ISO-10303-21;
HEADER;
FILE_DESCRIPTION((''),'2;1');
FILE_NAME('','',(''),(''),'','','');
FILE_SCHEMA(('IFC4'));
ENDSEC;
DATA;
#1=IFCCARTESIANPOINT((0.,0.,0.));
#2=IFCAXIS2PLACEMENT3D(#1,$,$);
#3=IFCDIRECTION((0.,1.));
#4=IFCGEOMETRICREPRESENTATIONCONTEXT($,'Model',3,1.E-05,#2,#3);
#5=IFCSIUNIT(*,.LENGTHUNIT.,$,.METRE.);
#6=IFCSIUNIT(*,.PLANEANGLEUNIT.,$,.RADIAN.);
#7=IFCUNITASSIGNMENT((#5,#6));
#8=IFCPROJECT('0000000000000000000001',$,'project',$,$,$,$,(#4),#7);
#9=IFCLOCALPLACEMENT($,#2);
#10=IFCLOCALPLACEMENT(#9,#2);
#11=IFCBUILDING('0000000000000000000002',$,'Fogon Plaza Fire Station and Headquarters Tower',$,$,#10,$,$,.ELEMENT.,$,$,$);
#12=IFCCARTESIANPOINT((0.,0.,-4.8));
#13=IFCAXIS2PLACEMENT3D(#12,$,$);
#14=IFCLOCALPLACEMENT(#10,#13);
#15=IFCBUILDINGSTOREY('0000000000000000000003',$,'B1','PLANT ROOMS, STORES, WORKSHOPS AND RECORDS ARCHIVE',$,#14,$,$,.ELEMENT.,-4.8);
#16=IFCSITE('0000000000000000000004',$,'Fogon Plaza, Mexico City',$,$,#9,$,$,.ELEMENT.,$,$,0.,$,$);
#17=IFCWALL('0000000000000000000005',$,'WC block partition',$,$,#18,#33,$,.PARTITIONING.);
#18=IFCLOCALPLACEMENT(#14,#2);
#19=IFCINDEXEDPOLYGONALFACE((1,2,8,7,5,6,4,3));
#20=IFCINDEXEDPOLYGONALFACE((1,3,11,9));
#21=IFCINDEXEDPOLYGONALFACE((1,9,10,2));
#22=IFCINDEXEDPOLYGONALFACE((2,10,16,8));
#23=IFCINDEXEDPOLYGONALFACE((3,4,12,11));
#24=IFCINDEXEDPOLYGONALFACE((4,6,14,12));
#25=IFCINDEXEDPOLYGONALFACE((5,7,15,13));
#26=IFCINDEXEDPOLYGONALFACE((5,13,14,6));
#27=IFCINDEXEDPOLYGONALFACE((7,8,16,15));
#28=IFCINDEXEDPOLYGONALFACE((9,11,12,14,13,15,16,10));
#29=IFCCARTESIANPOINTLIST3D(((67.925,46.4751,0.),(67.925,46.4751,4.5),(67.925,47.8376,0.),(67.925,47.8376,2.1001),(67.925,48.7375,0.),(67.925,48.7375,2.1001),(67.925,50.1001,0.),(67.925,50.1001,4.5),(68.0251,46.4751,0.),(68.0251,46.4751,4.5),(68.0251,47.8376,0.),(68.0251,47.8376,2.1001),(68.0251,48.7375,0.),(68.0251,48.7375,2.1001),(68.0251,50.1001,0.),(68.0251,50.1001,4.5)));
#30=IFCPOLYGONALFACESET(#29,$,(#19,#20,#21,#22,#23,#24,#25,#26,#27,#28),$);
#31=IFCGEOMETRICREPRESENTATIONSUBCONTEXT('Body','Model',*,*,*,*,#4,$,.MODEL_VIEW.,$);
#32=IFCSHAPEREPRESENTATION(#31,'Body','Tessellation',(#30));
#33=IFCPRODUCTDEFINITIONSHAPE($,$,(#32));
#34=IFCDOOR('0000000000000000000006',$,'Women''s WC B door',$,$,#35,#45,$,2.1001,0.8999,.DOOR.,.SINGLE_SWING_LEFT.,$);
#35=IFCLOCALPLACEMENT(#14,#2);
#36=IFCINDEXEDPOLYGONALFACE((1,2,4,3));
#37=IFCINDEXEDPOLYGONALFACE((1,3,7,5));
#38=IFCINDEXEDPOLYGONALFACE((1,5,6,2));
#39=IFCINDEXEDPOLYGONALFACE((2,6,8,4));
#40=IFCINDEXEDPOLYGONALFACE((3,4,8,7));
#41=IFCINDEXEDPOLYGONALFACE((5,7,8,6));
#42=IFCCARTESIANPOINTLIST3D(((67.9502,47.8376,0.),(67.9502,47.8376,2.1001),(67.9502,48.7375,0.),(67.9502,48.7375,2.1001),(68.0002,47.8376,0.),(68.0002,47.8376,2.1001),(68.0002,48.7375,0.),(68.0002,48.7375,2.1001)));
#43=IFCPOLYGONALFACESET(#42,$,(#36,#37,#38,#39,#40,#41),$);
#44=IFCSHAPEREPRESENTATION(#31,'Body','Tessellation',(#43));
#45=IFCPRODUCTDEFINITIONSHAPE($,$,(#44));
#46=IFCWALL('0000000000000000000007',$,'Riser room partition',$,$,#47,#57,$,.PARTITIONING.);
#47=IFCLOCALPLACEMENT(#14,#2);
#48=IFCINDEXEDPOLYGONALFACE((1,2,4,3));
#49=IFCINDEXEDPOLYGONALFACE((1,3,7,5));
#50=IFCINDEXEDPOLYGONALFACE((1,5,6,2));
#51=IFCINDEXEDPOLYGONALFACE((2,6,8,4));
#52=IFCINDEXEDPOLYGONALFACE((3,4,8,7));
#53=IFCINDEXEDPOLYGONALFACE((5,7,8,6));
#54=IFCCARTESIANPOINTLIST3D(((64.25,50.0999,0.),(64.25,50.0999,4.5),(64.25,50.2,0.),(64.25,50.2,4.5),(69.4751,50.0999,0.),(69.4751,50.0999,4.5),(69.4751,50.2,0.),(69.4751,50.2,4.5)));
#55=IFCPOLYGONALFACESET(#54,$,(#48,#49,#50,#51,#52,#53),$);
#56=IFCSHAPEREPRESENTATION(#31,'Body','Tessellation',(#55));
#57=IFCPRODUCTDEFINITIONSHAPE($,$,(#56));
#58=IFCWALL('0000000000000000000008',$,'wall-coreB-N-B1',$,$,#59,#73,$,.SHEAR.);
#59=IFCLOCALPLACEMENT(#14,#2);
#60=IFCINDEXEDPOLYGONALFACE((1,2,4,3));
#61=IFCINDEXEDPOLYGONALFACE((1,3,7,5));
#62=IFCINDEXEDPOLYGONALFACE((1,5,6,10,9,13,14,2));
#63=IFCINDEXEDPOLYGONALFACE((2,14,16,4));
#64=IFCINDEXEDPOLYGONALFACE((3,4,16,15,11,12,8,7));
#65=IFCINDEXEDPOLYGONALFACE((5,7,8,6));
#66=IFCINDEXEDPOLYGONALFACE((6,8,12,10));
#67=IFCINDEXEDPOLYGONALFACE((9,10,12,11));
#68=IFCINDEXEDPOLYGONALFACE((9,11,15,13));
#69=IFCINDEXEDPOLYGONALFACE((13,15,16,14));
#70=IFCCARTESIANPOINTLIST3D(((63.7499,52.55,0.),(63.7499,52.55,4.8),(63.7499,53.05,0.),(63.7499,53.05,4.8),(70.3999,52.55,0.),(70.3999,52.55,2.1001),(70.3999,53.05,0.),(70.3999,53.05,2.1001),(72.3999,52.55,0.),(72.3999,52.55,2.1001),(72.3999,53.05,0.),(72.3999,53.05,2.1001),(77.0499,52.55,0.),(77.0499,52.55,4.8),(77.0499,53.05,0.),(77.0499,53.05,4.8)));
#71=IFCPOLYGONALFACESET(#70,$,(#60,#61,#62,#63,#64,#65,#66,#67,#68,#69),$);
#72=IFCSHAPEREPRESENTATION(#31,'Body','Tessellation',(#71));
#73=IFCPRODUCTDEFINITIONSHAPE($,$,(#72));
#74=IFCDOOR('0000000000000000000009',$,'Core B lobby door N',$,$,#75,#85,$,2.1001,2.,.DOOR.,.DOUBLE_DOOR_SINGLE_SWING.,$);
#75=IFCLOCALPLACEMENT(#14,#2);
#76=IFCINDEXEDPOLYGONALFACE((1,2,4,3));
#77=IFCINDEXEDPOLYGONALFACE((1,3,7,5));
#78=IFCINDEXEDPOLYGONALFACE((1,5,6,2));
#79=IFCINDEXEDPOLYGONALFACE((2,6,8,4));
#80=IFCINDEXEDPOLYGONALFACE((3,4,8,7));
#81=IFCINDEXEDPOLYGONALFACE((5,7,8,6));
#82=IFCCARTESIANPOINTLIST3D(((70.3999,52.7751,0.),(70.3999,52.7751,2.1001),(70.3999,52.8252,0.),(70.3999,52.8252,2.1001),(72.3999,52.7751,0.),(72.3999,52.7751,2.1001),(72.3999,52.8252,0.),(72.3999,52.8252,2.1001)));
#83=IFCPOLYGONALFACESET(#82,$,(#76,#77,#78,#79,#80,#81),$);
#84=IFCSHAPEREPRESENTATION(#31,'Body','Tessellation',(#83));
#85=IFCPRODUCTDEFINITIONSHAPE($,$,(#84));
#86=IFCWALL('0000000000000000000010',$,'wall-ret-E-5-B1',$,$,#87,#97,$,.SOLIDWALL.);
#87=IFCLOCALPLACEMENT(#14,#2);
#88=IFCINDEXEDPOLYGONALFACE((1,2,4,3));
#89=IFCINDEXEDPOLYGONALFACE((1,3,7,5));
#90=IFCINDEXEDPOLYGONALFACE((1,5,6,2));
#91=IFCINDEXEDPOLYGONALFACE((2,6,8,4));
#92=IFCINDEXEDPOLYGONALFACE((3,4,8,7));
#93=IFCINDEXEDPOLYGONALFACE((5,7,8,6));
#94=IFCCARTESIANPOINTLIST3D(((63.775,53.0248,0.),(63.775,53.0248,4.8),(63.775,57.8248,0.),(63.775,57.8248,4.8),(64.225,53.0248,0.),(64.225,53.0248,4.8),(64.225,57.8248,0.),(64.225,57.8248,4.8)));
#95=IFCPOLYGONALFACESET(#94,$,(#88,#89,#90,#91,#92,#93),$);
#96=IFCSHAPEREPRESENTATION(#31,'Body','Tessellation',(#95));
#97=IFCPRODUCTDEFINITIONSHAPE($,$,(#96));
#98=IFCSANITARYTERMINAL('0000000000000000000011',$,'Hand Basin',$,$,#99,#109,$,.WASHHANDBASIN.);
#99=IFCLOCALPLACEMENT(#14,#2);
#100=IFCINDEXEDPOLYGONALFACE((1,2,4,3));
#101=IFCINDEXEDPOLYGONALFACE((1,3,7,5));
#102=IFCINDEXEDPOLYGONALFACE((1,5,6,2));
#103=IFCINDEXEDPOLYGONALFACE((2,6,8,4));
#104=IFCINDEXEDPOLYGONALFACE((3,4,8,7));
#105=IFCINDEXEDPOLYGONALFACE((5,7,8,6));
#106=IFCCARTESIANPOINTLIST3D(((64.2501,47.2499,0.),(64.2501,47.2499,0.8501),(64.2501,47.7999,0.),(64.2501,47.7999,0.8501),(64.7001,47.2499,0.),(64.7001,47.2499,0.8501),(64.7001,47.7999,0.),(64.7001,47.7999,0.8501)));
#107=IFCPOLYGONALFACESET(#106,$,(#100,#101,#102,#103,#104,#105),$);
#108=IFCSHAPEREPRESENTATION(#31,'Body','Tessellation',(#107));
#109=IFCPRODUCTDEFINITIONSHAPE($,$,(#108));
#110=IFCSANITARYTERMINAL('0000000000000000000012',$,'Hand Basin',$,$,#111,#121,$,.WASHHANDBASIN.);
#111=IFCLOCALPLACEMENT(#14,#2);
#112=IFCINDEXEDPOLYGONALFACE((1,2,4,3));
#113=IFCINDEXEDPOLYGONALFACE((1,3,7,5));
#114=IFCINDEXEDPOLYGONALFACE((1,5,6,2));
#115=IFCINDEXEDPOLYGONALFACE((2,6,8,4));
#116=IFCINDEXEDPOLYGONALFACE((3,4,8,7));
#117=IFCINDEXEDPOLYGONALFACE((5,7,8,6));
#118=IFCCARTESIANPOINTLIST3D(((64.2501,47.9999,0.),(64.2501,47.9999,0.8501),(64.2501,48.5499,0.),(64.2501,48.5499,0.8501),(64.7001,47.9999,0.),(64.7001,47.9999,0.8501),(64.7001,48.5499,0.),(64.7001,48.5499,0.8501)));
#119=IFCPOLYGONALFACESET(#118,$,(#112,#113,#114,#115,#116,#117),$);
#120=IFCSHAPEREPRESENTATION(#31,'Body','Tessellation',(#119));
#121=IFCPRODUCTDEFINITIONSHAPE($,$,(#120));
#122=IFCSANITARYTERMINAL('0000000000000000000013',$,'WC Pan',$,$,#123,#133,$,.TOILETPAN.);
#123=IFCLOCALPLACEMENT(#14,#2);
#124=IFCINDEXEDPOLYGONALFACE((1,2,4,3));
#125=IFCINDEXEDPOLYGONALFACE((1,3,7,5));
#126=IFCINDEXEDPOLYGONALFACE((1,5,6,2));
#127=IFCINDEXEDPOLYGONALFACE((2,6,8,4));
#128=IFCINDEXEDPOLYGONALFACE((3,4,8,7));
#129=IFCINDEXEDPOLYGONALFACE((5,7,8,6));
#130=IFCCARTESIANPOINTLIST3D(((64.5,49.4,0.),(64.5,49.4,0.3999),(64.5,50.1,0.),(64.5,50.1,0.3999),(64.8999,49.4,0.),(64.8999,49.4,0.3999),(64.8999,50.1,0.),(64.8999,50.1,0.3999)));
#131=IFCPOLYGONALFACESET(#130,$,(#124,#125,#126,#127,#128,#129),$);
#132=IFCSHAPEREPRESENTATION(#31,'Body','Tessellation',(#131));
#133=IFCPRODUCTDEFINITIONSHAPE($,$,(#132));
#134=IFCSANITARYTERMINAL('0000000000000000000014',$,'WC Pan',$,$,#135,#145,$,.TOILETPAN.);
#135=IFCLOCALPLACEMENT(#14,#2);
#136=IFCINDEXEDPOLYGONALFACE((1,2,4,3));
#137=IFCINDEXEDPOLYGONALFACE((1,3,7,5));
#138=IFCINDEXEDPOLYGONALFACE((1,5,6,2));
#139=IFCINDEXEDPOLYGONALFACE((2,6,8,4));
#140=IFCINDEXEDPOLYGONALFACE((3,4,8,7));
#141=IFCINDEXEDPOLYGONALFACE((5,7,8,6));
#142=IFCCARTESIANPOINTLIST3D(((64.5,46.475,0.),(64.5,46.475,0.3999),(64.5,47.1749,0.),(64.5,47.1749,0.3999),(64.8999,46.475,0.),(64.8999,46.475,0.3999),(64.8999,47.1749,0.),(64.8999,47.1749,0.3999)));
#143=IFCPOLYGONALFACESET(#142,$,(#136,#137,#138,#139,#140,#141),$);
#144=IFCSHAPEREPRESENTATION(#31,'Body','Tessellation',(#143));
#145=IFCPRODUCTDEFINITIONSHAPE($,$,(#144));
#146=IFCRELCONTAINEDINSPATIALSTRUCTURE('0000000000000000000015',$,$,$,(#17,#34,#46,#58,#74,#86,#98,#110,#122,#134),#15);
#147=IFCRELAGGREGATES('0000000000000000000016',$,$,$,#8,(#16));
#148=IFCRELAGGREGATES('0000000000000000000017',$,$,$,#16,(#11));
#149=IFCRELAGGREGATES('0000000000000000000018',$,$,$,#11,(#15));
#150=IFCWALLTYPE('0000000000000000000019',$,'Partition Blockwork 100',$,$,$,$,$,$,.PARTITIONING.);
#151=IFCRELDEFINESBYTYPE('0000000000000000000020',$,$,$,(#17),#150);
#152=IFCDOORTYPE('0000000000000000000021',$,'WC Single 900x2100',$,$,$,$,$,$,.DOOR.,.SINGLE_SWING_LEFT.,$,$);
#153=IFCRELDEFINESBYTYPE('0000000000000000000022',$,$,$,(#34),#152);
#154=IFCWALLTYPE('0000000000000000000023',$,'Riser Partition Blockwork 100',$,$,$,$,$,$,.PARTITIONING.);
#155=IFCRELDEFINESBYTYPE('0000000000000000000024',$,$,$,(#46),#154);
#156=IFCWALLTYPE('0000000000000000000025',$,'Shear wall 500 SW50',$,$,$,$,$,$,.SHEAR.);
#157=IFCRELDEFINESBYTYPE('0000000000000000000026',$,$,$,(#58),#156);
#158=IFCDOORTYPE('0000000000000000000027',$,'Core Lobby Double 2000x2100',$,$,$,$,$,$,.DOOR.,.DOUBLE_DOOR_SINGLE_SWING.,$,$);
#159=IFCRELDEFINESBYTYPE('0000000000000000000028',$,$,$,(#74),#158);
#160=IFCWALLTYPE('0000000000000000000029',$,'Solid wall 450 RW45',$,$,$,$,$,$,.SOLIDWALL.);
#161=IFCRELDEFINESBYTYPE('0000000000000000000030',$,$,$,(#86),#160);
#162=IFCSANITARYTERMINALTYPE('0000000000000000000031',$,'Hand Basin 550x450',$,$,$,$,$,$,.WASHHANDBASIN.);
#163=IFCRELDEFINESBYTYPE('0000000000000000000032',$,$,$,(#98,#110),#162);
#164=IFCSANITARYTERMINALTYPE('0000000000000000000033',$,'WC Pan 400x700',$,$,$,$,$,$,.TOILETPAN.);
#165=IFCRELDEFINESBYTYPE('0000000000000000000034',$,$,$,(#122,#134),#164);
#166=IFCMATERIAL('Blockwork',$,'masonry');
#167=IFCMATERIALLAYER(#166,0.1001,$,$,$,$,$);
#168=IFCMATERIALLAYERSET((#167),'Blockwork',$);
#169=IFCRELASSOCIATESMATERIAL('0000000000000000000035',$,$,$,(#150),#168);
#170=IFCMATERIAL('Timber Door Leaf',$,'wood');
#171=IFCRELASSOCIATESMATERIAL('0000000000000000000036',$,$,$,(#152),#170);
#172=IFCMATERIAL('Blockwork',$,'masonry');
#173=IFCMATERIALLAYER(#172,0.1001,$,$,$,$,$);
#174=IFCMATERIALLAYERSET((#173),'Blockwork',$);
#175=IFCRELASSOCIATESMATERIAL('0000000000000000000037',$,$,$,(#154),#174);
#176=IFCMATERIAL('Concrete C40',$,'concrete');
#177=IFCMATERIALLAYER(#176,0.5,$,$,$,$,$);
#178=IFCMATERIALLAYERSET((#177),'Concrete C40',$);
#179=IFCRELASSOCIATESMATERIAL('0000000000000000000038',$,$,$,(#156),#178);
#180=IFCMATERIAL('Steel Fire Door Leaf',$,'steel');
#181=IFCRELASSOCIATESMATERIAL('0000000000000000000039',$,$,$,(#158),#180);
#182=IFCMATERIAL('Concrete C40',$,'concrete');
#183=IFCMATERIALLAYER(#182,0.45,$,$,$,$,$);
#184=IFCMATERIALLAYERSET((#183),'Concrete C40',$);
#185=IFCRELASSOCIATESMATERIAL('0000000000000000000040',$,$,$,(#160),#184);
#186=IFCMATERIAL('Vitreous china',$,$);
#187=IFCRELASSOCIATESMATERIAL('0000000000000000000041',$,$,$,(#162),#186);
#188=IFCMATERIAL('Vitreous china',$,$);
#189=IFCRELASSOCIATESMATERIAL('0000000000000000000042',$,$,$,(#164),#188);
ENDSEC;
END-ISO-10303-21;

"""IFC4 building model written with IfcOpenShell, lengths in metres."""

from ifc_helpers import new_model, si_unit, direction, frame, frame_2d, origin, origin_2d, place, context, subcontext, project, spatial, rectangle, extrude, material, layer, layer_set, type_object, element, fill, save


model = new_model("IFC4")

# Units and contexts
model_context = context("Model", 3, precision=1e-05, world=origin(), true_north=direction((0.0, 1.0)))
body_context = subcontext(model_context, "Body", "Model", "MODEL_VIEW")
ifc_project = project(units=[si_unit("LENGTHUNIT", "METRE"), si_unit("PLANEANGLEUNIT", "RADIAN")], contexts=[model_context])

# Site, building, storey
site_placement = place(None, origin())
site = spatial("IfcSite", under=ifc_project, at=site_placement, Name="Fogon Plaza, Mexico City", CompositionType="ELEMENT", RefElevation=0.0)
building_placement = place(site_placement, origin())
building = spatial("IfcBuilding", under=site, at=building_placement, Name="Fogon Plaza Fire Station and Headquarters Tower", CompositionType="ELEMENT")
storey_placement = place(building_placement, frame((0.0, 0.0, -4.8)))
storey = spatial("IfcBuildingStorey", under=building, at=storey_placement, Name="B1", Description="PLANT ROOMS, STORES, WORKSHOPS AND RECORDS ARCHIVE", CompositionType="ELEMENT", Elevation=-4.8)

# Wall, opening, door
ifc_material_1 = material(Name="Blockwork", Category="masonry")
ifc_layer_1 = layer(ifc_material_1, 0.1001)
ifc_layer_set_1 = layer_set([ifc_layer_1], Name="Blockwork")
wall_type_1 = type_object("IfcWallType", Name="Partition Blockwork 100", PredefinedType="PARTITIONING", material=ifc_layer_set_1)
wall_1_placement = place(storey_placement, frame((67.9751, 46.4751, 0.0), z_axis=(0.0, 0.0, 1.0), x_axis=(0.0, 1.0, 0.0)))
wall_1 = element("IfcWall", 1, at=wall_1_placement, inside=storey, type_object=wall_type_1, Name="WC block partition", PredefinedType="PARTITIONING", context=body_context, shape_type="SweptSolid", body=[
    extrude(rectangle(XDim=3.625, YDim=0.1001, at=frame_2d((1.8125, 0.0))), origin(), (0.0, 0.0, 1.0), 4.5),
])
opening_1_placement = place(wall_1_placement, frame((1.3625, 0.0, 0.0)))
opening_1 = element("IfcOpeningElement", 2, at=opening_1_placement, cuts=wall_1, PredefinedType="OPENING", context=body_context, shape_type="SweptSolid", body=[
    extrude(rectangle(XDim=0.8999, YDim=2.1001, at=frame_2d((0.45, 1.05))), frame((0.0, 0.0601, 0.0), z_axis=(0.0, -1.0, 0.0), x_axis=(1.0, 0.0, 0.0)), (0.0, 0.0, 1.0), 0.1201),
])
ifc_material_2 = material(Name="Timber Door Leaf", Category="wood")
door_type_1 = type_object("IfcDoorType", Name="WC Single 900x2100", OperationType="SINGLE_SWING_LEFT", PredefinedType="DOOR", material=ifc_material_2)
door_1_placement = place(opening_1_placement, origin())
door_1 = element("IfcDoor", 3, at=door_1_placement, inside=storey, type_object=door_type_1, Name="Women's WC B door", OperationType="SINGLE_SWING_LEFT", OverallHeight=2.1001, OverallWidth=0.8999, PredefinedType="DOOR", context=body_context, shape_type="SweptSolid", body=[
    extrude(rectangle(XDim=0.8999, YDim=2.1001, at=frame_2d((0.45, 1.05))), frame((0.0, 0.0249, 0.0), z_axis=(0.0, -1.0, 0.0), x_axis=(1.0, 0.0, 0.0)), (0.0, 0.0, 1.0), 0.05),
])
fill(opening_1, door_1)

# Wall
ifc_material_3 = material(Name="Blockwork", Category="masonry")
ifc_layer_2 = layer(ifc_material_3, 0.1001)
ifc_layer_set_2 = layer_set([ifc_layer_2], Name="Blockwork")
wall_type_2 = type_object("IfcWallType", Name="Riser Partition Blockwork 100", PredefinedType="PARTITIONING", material=ifc_layer_set_2)
wall_2_placement = place(storey_placement, frame((69.4751, 50.1499, 0.0), z_axis=(0.0, 0.0, 1.0), x_axis=(-1.0, 0.0, 0.0)))
element("IfcWall", 4, at=wall_2_placement, inside=storey, type_object=wall_type_2, Name="Riser room partition", PredefinedType="PARTITIONING", context=body_context, shape_type="SweptSolid", body=[
    extrude(rectangle(XDim=5.2251, YDim=0.1001, at=frame_2d((2.6125, 0.0))), origin(), (0.0, 0.0, 1.0), 4.5),
])

# Wall, opening, door
ifc_material_4 = material(Name="Concrete C40", Category="concrete")
ifc_layer_3 = layer(ifc_material_4, 0.5)
ifc_layer_set_3 = layer_set([ifc_layer_3], Name="Concrete C40")
wall_type_3 = type_object("IfcWallType", Name="Shear wall 500 SW50", PredefinedType="SHEAR", material=ifc_layer_set_3)
wall_3_placement = place(storey_placement, frame((63.75, 52.8, 0.0), z_axis=(0.0, 0.0, 1.0), x_axis=(1.0, 0.0, 0.0)))
wall_3 = element("IfcWall", 5, at=wall_3_placement, inside=storey, type_object=wall_type_3, Name="wall-coreB-N-B1", PredefinedType="SHEAR", context=body_context, shape_type="SweptSolid", body=[
    extrude(rectangle(XDim=13.3, YDim=0.5, at=frame_2d((6.6499, 0.0))), origin(), (0.0, 0.0, 1.0), 4.8),
])
opening_2_placement = place(wall_3_placement, frame((6.6499, 0.0, 0.0)))
opening_2 = element("IfcOpeningElement", 6, at=opening_2_placement, cuts=wall_3, PredefinedType="OPENING", context=body_context, shape_type="SweptSolid", body=[
    extrude(rectangle(XDim=2.0, YDim=2.1001, at=frame_2d((1.0, 1.05))), frame((0.0, 0.26, 0.0), z_axis=(0.0, -1.0, 0.0), x_axis=(1.0, 0.0, 0.0)), (0.0, 0.0, 1.0), 0.52),
])
ifc_material_5 = material(Name="Steel Fire Door Leaf", Category="steel")
door_type_2 = type_object("IfcDoorType", Name="Core Lobby Double 2000x2100", OperationType="DOUBLE_DOOR_SINGLE_SWING", PredefinedType="DOOR", material=ifc_material_5)
door_2_placement = place(opening_2_placement, frame((2.0, 0.0, 0.0), z_axis=(0.0, 0.0, 1.0), x_axis=(-1.0, 0.0, 0.0)))
door_2 = element("IfcDoor", 7, at=door_2_placement, inside=storey, type_object=door_type_2, Name="Core B lobby door N", OperationType="DOUBLE_DOOR_SINGLE_SWING", OverallHeight=2.1001, OverallWidth=2.0, PredefinedType="DOOR", context=body_context, shape_type="SweptSolid", body=[
    extrude(rectangle(XDim=2.0, YDim=2.1001, at=frame_2d((1.0, 1.05))), frame((0.0, 0.0249, 0.0), z_axis=(0.0, -1.0, 0.0), x_axis=(1.0, 0.0, 0.0)), (0.0, 0.0, 1.0), 0.05),
])
fill(opening_2, door_2)

# Wall
ifc_material_6 = material(Name="Concrete C40", Category="concrete")
ifc_layer_4 = layer(ifc_material_6, 0.45)
ifc_layer_set_4 = layer_set([ifc_layer_4], Name="Concrete C40")
wall_type_4 = type_object("IfcWallType", Name="Solid wall 450 RW45", PredefinedType="SOLIDWALL", material=ifc_layer_set_4)
wall_4_placement = place(storey_placement, frame((64.0, 53.0249, 0.0), z_axis=(0.0, 0.0, 1.0), x_axis=(0.0, 1.0, 0.0)))
element("IfcWall", 8, at=wall_4_placement, inside=storey, type_object=wall_type_4, Name="wall-ret-E-5-B1", PredefinedType="SOLIDWALL", context=body_context, shape_type="SweptSolid", body=[
    extrude(rectangle(XDim=4.8, YDim=0.45, at=frame_2d((2.3999, 0.0))), origin(), (0.0, 0.0, 1.0), 4.8),
])

# Sanitary terminals
ifc_material_7 = material(Name="Vitreous china")
sanitary_terminal_type_1 = type_object("IfcSanitaryTerminalType", Name="Hand Basin 550x450", PredefinedType="WASHHANDBASIN", material=ifc_material_7)
for number, where, z_axis, x_axis, name in (
    (9, (64.4751, 47.5249, 0.0), (0.0, 0.0, 1.0), (1.0, 0.0, 0.0), "Hand Basin"),
    (10, (64.4751, 48.2749, 0.0), (0.0, 0.0, 1.0), (1.0, 0.0, 0.0), "Hand Basin"),
):
    element("IfcSanitaryTerminal", number, at=place(storey_placement, frame(where, z_axis=z_axis, x_axis=x_axis)), inside=storey, type_object=sanitary_terminal_type_1, Name=name, PredefinedType="WASHHANDBASIN", context=body_context, shape_type="SweptSolid", body=[
        extrude(rectangle(XDim=0.45, YDim=0.55, at=origin_2d()), origin(), (0.0, 0.0, 1.0), 0.8501),
    ])
ifc_material_8 = material(Name="Vitreous china")
sanitary_terminal_type_2 = type_object("IfcSanitaryTerminalType", Name="WC Pan 400x700", PredefinedType="TOILETPAN", material=ifc_material_8)
for number, where, z_axis, x_axis, name in (
    (11, (64.7, 49.75, 0.0), (0.0, 0.0, 1.0), (1.0, 0.0, 0.0), "WC Pan"),
    (12, (64.7, 46.825, 0.0), (0.0, 0.0, 1.0), (1.0, 0.0, 0.0), "WC Pan"),
):
    element("IfcSanitaryTerminal", number, at=place(storey_placement, frame(where, z_axis=z_axis, x_axis=x_axis)), inside=storey, type_object=sanitary_terminal_type_2, Name=name, PredefinedType="TOILETPAN", context=body_context, shape_type="SweptSolid", body=[
        extrude(rectangle(XDim=0.3999, YDim=0.7, at=origin_2d()), origin(), (0.0, 0.0, 1.0), 0.3999),
    ])

save(model, "model.ifc")
